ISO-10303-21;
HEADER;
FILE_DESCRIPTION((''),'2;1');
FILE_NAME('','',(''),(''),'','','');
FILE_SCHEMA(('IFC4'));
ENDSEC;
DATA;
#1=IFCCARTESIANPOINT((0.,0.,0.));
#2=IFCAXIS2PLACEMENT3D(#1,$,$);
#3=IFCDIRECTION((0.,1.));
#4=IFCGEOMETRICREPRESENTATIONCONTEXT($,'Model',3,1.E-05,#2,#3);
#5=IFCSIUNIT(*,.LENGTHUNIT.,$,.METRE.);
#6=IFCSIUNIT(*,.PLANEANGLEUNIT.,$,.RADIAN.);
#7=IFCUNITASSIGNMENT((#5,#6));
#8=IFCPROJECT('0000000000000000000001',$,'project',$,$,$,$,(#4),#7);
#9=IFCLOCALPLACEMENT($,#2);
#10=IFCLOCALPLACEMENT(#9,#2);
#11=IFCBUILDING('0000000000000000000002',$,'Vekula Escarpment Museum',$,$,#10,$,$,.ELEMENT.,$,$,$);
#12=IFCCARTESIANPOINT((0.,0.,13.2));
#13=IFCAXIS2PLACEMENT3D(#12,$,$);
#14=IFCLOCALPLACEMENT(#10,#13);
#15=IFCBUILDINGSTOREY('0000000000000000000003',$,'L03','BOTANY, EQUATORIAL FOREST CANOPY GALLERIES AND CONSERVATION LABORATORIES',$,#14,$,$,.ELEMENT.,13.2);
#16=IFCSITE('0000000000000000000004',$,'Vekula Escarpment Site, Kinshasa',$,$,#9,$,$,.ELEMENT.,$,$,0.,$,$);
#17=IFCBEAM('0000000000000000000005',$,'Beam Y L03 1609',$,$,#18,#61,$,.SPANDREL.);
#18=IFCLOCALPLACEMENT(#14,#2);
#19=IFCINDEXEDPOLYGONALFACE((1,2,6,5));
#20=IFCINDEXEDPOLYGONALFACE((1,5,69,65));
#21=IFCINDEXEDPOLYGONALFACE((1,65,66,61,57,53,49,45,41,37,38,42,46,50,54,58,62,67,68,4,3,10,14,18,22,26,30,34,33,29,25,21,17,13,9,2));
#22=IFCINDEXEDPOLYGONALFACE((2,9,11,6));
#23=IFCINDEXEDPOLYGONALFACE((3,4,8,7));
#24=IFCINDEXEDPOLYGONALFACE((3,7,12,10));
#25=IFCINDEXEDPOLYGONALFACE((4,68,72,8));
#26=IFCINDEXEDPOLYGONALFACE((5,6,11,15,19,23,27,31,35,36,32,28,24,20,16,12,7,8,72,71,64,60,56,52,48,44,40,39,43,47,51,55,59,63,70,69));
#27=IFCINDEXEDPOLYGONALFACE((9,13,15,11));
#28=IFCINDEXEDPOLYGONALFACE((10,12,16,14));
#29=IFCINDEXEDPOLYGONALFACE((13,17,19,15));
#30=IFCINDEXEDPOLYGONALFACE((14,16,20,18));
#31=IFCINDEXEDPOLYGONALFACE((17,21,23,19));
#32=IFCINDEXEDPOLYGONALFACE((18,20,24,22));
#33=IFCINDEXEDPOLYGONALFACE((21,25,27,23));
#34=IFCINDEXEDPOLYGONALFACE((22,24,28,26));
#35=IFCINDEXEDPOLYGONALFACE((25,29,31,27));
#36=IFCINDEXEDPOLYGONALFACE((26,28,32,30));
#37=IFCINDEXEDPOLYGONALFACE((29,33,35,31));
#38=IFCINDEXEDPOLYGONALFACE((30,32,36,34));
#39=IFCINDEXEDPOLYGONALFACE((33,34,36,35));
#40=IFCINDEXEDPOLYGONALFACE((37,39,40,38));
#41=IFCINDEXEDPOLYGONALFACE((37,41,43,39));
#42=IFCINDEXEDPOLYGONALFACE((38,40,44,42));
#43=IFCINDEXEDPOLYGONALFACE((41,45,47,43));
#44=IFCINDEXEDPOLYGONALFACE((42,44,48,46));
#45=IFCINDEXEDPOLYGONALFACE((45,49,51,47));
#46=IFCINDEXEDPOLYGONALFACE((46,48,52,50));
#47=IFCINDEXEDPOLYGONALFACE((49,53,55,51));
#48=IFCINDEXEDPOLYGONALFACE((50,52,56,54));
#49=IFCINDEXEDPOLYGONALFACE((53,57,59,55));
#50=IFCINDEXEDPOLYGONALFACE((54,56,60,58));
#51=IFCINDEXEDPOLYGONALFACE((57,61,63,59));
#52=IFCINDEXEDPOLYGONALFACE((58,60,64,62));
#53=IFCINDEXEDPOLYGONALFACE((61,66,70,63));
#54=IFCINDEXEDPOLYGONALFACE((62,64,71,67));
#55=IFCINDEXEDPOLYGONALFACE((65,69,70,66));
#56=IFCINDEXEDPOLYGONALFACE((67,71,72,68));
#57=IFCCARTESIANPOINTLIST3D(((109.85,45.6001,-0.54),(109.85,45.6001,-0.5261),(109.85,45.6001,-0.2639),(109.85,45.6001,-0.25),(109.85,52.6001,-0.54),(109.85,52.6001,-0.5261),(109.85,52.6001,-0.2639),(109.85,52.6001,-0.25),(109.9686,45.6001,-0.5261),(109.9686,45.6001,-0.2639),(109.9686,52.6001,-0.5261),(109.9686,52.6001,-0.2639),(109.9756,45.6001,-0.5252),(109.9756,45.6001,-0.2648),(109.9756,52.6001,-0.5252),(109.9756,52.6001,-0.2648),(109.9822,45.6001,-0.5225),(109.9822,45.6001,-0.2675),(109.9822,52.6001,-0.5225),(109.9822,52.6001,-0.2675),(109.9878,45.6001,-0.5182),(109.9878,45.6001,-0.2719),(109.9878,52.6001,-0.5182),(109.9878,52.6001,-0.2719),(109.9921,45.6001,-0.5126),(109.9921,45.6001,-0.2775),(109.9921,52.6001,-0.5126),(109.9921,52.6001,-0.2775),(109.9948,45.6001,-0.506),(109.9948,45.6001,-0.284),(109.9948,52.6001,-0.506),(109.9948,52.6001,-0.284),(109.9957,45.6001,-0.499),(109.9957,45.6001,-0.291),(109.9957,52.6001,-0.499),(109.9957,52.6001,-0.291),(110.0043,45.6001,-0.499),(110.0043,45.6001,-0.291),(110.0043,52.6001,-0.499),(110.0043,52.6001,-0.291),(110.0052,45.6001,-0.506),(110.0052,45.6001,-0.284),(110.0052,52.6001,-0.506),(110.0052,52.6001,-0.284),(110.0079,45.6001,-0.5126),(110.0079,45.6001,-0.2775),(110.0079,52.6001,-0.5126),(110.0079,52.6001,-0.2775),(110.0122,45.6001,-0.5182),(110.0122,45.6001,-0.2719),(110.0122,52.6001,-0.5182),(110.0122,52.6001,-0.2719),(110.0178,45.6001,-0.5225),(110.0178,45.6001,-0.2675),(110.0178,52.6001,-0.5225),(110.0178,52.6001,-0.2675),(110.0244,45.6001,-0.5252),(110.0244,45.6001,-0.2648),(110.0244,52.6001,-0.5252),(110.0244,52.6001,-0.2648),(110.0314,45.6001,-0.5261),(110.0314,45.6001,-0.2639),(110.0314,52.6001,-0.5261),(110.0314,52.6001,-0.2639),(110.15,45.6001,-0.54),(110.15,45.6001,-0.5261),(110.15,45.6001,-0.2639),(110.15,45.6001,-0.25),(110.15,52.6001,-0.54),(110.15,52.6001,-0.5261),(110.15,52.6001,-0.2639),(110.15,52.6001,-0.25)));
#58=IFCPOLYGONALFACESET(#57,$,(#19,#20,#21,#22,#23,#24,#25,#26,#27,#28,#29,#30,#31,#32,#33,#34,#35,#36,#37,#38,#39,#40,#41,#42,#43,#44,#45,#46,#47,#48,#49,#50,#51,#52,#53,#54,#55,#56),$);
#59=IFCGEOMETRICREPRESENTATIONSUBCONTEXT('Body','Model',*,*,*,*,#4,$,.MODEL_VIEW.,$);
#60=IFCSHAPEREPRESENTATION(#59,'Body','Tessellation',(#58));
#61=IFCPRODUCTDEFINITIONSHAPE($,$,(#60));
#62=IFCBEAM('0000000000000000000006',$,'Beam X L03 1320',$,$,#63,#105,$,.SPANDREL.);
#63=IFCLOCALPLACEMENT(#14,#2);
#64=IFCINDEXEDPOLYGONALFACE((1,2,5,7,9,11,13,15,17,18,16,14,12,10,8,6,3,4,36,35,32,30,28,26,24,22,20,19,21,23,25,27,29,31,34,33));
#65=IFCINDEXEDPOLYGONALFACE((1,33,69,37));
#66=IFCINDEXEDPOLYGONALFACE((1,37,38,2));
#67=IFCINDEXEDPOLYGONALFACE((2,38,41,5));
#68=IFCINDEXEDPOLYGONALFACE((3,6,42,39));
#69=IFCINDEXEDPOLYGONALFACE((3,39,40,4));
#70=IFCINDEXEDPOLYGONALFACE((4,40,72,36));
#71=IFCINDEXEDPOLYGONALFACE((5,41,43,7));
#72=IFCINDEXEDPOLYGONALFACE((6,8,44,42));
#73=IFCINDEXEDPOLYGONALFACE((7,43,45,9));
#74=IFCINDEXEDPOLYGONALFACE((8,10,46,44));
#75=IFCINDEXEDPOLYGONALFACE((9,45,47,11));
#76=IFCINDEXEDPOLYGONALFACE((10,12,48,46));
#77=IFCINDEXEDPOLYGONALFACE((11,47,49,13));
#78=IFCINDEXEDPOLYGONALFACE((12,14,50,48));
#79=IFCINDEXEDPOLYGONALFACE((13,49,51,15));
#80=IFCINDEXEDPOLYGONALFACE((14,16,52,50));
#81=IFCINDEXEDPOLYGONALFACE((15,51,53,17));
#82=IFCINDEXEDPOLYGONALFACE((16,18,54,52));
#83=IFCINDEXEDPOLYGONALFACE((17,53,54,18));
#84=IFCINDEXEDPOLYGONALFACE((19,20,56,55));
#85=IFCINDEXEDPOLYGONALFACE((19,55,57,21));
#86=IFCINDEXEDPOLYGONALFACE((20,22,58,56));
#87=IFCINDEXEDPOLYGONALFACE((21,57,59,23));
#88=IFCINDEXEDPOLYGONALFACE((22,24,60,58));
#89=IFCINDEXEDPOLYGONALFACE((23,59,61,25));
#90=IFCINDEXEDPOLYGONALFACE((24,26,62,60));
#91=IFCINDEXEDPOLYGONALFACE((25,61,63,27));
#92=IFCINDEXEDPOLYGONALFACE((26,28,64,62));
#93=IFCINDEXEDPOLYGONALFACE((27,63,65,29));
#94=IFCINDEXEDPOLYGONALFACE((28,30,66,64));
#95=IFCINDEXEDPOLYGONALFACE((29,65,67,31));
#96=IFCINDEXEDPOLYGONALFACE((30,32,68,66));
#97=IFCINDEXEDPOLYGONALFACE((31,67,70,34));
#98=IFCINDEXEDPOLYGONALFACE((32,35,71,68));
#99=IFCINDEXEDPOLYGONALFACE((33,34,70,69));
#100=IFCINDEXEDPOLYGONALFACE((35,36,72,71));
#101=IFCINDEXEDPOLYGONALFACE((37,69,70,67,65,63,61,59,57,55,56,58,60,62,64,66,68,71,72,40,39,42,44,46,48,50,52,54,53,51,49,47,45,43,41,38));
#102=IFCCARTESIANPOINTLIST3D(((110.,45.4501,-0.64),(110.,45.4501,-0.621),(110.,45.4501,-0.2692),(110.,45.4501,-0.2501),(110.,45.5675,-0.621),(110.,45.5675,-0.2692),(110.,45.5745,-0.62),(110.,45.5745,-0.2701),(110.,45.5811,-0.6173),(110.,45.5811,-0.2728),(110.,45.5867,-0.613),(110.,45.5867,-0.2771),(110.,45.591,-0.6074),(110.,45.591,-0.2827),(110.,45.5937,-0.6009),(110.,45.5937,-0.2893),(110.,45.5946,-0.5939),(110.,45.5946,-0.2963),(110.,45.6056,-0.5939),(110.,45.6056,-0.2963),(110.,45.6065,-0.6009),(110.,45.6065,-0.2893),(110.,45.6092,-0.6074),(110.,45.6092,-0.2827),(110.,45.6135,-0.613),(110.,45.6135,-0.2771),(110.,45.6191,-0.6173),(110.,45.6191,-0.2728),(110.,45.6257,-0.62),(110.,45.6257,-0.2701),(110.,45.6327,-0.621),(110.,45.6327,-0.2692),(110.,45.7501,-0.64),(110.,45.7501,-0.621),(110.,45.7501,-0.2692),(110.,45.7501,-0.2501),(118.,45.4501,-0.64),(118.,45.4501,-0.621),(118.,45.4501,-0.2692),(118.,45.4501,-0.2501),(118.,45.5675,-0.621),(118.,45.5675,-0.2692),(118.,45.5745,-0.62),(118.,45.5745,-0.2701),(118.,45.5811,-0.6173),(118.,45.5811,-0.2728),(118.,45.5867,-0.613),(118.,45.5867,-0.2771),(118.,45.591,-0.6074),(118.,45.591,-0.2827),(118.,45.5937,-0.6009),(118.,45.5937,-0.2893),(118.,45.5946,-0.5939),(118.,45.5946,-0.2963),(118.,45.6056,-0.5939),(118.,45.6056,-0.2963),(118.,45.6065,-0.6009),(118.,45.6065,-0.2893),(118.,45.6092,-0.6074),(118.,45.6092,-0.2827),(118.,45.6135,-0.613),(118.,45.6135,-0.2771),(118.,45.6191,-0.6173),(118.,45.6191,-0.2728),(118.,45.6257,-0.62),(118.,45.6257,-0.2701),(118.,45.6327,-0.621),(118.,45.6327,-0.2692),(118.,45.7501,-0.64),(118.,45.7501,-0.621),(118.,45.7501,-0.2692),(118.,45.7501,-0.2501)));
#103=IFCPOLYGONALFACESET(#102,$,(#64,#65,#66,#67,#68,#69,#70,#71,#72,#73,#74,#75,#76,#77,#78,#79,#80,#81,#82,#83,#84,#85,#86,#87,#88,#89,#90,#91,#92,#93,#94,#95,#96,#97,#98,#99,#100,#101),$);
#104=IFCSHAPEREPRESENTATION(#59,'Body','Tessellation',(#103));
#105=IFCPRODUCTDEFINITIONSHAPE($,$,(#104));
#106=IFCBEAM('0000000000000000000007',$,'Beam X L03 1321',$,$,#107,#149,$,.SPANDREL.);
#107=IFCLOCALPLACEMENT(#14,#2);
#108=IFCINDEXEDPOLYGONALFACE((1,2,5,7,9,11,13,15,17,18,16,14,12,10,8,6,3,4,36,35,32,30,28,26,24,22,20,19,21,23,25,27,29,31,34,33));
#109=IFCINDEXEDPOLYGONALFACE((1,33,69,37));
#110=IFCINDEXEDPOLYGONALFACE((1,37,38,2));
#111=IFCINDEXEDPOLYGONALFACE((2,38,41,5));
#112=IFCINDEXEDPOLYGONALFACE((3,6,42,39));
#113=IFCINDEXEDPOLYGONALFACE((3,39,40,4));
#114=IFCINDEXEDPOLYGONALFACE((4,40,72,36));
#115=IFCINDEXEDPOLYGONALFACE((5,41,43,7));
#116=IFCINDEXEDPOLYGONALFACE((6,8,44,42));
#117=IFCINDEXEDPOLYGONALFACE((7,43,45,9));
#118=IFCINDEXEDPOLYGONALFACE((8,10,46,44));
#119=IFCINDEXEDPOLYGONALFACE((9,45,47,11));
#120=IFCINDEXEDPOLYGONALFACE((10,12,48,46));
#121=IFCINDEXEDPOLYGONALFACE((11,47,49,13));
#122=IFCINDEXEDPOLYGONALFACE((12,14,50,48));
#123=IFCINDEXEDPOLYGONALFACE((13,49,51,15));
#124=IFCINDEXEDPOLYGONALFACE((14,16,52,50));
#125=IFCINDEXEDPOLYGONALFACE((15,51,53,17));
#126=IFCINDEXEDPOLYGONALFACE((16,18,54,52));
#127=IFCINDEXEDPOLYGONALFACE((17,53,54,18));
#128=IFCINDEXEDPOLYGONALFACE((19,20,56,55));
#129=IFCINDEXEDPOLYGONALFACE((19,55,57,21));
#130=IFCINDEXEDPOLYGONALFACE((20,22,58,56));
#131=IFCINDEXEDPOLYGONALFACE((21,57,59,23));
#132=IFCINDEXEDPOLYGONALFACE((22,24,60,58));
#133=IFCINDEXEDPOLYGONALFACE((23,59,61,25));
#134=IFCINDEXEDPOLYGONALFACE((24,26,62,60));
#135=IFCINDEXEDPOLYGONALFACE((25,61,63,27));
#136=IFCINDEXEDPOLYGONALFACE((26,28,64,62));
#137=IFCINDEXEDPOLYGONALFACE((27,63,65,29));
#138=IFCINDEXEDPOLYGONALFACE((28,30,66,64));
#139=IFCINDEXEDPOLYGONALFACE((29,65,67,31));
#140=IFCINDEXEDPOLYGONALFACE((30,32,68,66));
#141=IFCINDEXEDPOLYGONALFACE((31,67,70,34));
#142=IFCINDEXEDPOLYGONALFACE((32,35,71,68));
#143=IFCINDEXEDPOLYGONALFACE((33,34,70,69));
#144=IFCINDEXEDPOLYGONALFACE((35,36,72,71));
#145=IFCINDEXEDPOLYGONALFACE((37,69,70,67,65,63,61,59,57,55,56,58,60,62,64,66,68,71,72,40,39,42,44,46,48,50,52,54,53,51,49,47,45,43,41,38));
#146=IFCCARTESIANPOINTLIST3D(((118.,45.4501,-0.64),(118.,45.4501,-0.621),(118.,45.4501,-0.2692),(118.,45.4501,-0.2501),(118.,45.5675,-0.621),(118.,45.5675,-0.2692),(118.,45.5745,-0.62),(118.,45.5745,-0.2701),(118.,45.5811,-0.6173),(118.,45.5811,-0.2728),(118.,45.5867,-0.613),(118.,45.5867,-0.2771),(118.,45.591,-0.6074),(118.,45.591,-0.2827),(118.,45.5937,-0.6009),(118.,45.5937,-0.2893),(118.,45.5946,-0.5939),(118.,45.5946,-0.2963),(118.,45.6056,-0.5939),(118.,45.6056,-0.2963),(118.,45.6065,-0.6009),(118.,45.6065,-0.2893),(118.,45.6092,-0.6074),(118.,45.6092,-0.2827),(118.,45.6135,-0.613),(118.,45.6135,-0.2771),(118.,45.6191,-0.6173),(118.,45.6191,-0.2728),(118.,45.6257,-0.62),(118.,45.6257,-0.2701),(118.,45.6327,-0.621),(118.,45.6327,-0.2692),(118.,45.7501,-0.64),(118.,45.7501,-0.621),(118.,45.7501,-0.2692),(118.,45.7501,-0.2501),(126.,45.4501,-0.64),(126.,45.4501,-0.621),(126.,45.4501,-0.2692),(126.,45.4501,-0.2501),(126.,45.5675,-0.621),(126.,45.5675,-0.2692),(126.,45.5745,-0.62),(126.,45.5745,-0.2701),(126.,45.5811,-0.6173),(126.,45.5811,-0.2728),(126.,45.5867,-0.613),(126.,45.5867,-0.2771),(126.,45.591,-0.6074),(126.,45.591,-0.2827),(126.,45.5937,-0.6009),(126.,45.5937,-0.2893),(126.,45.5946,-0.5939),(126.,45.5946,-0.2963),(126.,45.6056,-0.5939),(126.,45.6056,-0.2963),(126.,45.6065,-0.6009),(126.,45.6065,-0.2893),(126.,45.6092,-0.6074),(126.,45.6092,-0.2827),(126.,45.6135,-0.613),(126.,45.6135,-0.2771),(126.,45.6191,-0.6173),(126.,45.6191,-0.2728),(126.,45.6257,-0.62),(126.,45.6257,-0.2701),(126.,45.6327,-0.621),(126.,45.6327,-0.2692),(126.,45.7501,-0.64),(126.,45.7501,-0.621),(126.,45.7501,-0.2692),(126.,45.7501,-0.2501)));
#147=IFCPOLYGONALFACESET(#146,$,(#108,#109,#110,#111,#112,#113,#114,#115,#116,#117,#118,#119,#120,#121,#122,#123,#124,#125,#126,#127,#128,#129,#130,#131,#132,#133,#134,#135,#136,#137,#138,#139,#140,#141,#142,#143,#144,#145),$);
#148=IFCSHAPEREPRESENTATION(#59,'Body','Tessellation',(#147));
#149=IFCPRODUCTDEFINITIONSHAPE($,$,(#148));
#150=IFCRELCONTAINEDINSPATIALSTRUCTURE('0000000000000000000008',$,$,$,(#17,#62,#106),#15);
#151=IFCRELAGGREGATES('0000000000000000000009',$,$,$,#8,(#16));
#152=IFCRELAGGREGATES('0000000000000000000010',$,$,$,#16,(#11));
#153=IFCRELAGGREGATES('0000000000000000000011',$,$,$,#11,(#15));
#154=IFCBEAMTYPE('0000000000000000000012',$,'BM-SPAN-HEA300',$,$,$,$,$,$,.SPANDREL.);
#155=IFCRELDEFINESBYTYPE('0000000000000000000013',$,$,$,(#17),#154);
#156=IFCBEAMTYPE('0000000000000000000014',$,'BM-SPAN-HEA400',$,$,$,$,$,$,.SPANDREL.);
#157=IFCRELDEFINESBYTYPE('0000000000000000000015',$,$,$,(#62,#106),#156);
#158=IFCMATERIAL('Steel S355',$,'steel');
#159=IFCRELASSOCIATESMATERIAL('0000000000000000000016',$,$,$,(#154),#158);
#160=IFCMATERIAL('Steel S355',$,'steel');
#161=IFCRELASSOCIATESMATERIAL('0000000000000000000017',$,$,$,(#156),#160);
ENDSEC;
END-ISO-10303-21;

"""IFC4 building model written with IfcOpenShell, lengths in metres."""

from ifc_helpers import new_model, si_unit, direction, frame, origin, origin_2d, place, context, subcontext, project, spatial, i_section, extrude, material, material_profile, profile_set, type_object, element, save


model = new_model("IFC4")

# Units and contexts
model_context = context("Model", 3, precision=1e-05, world=origin(), true_north=direction((0.0, 1.0)))
body_context = subcontext(model_context, "Body", "Model", "MODEL_VIEW")
ifc_project = project(units=[si_unit("LENGTHUNIT", "METRE"), si_unit("PLANEANGLEUNIT", "RADIAN")], contexts=[model_context])

# Site, building, storey
site_placement = place(None, origin())
site = spatial("IfcSite", under=ifc_project, at=site_placement, Name="Vekula Escarpment Site, Kinshasa", CompositionType="ELEMENT", RefElevation=0.0)
building_placement = place(site_placement, origin())
building = spatial("IfcBuilding", under=site, at=building_placement, Name="Vekula Escarpment Museum", CompositionType="ELEMENT")
storey_placement = place(building_placement, frame((0.0, 0.0, 13.2)))
storey = spatial("IfcBuildingStorey", under=building, at=storey_placement, Name="L03", Description="BOTANY, EQUATORIAL FOREST CANOPY GALLERIES AND CONSERVATION LABORATORIES", CompositionType="ELEMENT", Elevation=13.2)

# Beams
ifc_material_1 = material(Name="Steel S355", Category="steel")
ifc_material_profile_1 = material_profile(ifc_material_1, i_section(OverallWidth=0.3, OverallDepth=0.29, WebThickness=0.0085, FlangeThickness=0.0139, FilletRadius=0.0271, at=origin_2d()), Name="HEA 300")
ifc_profile_set_1 = profile_set([ifc_material_profile_1], Name="Steel S355")
beam_type_1 = type_object("IfcBeamType", Name="BM-SPAN-HEA300", PredefinedType="SPANDREL", material=ifc_profile_set_1)
beam_1_placement = place(storey_placement, frame((110.0, 45.6001, -0.395), z_axis=(0.0, 1.0, 0.0), x_axis=(-1.0, 0.0, 0.0)))
element("IfcBeam", 1, at=beam_1_placement, inside=storey, type_object=beam_type_1, Name="Beam Y L03 1609", PredefinedType="SPANDREL", context=body_context, shape_type="SweptSolid", body=[
    extrude(i_section(OverallWidth=0.3, OverallDepth=0.29, WebThickness=0.0085, FlangeThickness=0.0139, FilletRadius=0.0271, at=origin_2d()), origin(), (0.0, 0.0, 1.0), 7.0),
])
ifc_material_2 = material(Name="Steel S355", Category="steel")
ifc_material_profile_2 = material_profile(ifc_material_2, i_section(OverallWidth=0.3, OverallDepth=0.3899, WebThickness=0.011, FlangeThickness=0.019, FilletRadius=0.0271, at=origin_2d()), Name="HEA 400")
ifc_profile_set_2 = profile_set([ifc_material_profile_2], Name="Steel S355")
beam_type_2 = type_object("IfcBeamType", Name="BM-SPAN-HEA400", PredefinedType="SPANDREL", material=ifc_profile_set_2)
for number, where, z_axis, x_axis, name in (
    (2, (110.0, 45.6001, -0.4451), (1.0, 0.0, 0.0), (0.0, 1.0, 0.0), "Beam X L03 1320"),
    (3, (118.0, 45.6001, -0.4451), (1.0, 0.0, 0.0), (0.0, 1.0, 0.0), "Beam X L03 1321"),
):
    element("IfcBeam", number, at=place(storey_placement, frame(where, z_axis=z_axis, x_axis=x_axis)), inside=storey, type_object=beam_type_2, Name=name, PredefinedType="SPANDREL", context=body_context, shape_type="SweptSolid", body=[
        extrude(i_section(OverallWidth=0.3, OverallDepth=0.3899, WebThickness=0.011, FlangeThickness=0.019, FilletRadius=0.0271, at=origin_2d()), origin(), (0.0, 0.0, 1.0), 8.0),
    ])

save(model, "model.ifc")
